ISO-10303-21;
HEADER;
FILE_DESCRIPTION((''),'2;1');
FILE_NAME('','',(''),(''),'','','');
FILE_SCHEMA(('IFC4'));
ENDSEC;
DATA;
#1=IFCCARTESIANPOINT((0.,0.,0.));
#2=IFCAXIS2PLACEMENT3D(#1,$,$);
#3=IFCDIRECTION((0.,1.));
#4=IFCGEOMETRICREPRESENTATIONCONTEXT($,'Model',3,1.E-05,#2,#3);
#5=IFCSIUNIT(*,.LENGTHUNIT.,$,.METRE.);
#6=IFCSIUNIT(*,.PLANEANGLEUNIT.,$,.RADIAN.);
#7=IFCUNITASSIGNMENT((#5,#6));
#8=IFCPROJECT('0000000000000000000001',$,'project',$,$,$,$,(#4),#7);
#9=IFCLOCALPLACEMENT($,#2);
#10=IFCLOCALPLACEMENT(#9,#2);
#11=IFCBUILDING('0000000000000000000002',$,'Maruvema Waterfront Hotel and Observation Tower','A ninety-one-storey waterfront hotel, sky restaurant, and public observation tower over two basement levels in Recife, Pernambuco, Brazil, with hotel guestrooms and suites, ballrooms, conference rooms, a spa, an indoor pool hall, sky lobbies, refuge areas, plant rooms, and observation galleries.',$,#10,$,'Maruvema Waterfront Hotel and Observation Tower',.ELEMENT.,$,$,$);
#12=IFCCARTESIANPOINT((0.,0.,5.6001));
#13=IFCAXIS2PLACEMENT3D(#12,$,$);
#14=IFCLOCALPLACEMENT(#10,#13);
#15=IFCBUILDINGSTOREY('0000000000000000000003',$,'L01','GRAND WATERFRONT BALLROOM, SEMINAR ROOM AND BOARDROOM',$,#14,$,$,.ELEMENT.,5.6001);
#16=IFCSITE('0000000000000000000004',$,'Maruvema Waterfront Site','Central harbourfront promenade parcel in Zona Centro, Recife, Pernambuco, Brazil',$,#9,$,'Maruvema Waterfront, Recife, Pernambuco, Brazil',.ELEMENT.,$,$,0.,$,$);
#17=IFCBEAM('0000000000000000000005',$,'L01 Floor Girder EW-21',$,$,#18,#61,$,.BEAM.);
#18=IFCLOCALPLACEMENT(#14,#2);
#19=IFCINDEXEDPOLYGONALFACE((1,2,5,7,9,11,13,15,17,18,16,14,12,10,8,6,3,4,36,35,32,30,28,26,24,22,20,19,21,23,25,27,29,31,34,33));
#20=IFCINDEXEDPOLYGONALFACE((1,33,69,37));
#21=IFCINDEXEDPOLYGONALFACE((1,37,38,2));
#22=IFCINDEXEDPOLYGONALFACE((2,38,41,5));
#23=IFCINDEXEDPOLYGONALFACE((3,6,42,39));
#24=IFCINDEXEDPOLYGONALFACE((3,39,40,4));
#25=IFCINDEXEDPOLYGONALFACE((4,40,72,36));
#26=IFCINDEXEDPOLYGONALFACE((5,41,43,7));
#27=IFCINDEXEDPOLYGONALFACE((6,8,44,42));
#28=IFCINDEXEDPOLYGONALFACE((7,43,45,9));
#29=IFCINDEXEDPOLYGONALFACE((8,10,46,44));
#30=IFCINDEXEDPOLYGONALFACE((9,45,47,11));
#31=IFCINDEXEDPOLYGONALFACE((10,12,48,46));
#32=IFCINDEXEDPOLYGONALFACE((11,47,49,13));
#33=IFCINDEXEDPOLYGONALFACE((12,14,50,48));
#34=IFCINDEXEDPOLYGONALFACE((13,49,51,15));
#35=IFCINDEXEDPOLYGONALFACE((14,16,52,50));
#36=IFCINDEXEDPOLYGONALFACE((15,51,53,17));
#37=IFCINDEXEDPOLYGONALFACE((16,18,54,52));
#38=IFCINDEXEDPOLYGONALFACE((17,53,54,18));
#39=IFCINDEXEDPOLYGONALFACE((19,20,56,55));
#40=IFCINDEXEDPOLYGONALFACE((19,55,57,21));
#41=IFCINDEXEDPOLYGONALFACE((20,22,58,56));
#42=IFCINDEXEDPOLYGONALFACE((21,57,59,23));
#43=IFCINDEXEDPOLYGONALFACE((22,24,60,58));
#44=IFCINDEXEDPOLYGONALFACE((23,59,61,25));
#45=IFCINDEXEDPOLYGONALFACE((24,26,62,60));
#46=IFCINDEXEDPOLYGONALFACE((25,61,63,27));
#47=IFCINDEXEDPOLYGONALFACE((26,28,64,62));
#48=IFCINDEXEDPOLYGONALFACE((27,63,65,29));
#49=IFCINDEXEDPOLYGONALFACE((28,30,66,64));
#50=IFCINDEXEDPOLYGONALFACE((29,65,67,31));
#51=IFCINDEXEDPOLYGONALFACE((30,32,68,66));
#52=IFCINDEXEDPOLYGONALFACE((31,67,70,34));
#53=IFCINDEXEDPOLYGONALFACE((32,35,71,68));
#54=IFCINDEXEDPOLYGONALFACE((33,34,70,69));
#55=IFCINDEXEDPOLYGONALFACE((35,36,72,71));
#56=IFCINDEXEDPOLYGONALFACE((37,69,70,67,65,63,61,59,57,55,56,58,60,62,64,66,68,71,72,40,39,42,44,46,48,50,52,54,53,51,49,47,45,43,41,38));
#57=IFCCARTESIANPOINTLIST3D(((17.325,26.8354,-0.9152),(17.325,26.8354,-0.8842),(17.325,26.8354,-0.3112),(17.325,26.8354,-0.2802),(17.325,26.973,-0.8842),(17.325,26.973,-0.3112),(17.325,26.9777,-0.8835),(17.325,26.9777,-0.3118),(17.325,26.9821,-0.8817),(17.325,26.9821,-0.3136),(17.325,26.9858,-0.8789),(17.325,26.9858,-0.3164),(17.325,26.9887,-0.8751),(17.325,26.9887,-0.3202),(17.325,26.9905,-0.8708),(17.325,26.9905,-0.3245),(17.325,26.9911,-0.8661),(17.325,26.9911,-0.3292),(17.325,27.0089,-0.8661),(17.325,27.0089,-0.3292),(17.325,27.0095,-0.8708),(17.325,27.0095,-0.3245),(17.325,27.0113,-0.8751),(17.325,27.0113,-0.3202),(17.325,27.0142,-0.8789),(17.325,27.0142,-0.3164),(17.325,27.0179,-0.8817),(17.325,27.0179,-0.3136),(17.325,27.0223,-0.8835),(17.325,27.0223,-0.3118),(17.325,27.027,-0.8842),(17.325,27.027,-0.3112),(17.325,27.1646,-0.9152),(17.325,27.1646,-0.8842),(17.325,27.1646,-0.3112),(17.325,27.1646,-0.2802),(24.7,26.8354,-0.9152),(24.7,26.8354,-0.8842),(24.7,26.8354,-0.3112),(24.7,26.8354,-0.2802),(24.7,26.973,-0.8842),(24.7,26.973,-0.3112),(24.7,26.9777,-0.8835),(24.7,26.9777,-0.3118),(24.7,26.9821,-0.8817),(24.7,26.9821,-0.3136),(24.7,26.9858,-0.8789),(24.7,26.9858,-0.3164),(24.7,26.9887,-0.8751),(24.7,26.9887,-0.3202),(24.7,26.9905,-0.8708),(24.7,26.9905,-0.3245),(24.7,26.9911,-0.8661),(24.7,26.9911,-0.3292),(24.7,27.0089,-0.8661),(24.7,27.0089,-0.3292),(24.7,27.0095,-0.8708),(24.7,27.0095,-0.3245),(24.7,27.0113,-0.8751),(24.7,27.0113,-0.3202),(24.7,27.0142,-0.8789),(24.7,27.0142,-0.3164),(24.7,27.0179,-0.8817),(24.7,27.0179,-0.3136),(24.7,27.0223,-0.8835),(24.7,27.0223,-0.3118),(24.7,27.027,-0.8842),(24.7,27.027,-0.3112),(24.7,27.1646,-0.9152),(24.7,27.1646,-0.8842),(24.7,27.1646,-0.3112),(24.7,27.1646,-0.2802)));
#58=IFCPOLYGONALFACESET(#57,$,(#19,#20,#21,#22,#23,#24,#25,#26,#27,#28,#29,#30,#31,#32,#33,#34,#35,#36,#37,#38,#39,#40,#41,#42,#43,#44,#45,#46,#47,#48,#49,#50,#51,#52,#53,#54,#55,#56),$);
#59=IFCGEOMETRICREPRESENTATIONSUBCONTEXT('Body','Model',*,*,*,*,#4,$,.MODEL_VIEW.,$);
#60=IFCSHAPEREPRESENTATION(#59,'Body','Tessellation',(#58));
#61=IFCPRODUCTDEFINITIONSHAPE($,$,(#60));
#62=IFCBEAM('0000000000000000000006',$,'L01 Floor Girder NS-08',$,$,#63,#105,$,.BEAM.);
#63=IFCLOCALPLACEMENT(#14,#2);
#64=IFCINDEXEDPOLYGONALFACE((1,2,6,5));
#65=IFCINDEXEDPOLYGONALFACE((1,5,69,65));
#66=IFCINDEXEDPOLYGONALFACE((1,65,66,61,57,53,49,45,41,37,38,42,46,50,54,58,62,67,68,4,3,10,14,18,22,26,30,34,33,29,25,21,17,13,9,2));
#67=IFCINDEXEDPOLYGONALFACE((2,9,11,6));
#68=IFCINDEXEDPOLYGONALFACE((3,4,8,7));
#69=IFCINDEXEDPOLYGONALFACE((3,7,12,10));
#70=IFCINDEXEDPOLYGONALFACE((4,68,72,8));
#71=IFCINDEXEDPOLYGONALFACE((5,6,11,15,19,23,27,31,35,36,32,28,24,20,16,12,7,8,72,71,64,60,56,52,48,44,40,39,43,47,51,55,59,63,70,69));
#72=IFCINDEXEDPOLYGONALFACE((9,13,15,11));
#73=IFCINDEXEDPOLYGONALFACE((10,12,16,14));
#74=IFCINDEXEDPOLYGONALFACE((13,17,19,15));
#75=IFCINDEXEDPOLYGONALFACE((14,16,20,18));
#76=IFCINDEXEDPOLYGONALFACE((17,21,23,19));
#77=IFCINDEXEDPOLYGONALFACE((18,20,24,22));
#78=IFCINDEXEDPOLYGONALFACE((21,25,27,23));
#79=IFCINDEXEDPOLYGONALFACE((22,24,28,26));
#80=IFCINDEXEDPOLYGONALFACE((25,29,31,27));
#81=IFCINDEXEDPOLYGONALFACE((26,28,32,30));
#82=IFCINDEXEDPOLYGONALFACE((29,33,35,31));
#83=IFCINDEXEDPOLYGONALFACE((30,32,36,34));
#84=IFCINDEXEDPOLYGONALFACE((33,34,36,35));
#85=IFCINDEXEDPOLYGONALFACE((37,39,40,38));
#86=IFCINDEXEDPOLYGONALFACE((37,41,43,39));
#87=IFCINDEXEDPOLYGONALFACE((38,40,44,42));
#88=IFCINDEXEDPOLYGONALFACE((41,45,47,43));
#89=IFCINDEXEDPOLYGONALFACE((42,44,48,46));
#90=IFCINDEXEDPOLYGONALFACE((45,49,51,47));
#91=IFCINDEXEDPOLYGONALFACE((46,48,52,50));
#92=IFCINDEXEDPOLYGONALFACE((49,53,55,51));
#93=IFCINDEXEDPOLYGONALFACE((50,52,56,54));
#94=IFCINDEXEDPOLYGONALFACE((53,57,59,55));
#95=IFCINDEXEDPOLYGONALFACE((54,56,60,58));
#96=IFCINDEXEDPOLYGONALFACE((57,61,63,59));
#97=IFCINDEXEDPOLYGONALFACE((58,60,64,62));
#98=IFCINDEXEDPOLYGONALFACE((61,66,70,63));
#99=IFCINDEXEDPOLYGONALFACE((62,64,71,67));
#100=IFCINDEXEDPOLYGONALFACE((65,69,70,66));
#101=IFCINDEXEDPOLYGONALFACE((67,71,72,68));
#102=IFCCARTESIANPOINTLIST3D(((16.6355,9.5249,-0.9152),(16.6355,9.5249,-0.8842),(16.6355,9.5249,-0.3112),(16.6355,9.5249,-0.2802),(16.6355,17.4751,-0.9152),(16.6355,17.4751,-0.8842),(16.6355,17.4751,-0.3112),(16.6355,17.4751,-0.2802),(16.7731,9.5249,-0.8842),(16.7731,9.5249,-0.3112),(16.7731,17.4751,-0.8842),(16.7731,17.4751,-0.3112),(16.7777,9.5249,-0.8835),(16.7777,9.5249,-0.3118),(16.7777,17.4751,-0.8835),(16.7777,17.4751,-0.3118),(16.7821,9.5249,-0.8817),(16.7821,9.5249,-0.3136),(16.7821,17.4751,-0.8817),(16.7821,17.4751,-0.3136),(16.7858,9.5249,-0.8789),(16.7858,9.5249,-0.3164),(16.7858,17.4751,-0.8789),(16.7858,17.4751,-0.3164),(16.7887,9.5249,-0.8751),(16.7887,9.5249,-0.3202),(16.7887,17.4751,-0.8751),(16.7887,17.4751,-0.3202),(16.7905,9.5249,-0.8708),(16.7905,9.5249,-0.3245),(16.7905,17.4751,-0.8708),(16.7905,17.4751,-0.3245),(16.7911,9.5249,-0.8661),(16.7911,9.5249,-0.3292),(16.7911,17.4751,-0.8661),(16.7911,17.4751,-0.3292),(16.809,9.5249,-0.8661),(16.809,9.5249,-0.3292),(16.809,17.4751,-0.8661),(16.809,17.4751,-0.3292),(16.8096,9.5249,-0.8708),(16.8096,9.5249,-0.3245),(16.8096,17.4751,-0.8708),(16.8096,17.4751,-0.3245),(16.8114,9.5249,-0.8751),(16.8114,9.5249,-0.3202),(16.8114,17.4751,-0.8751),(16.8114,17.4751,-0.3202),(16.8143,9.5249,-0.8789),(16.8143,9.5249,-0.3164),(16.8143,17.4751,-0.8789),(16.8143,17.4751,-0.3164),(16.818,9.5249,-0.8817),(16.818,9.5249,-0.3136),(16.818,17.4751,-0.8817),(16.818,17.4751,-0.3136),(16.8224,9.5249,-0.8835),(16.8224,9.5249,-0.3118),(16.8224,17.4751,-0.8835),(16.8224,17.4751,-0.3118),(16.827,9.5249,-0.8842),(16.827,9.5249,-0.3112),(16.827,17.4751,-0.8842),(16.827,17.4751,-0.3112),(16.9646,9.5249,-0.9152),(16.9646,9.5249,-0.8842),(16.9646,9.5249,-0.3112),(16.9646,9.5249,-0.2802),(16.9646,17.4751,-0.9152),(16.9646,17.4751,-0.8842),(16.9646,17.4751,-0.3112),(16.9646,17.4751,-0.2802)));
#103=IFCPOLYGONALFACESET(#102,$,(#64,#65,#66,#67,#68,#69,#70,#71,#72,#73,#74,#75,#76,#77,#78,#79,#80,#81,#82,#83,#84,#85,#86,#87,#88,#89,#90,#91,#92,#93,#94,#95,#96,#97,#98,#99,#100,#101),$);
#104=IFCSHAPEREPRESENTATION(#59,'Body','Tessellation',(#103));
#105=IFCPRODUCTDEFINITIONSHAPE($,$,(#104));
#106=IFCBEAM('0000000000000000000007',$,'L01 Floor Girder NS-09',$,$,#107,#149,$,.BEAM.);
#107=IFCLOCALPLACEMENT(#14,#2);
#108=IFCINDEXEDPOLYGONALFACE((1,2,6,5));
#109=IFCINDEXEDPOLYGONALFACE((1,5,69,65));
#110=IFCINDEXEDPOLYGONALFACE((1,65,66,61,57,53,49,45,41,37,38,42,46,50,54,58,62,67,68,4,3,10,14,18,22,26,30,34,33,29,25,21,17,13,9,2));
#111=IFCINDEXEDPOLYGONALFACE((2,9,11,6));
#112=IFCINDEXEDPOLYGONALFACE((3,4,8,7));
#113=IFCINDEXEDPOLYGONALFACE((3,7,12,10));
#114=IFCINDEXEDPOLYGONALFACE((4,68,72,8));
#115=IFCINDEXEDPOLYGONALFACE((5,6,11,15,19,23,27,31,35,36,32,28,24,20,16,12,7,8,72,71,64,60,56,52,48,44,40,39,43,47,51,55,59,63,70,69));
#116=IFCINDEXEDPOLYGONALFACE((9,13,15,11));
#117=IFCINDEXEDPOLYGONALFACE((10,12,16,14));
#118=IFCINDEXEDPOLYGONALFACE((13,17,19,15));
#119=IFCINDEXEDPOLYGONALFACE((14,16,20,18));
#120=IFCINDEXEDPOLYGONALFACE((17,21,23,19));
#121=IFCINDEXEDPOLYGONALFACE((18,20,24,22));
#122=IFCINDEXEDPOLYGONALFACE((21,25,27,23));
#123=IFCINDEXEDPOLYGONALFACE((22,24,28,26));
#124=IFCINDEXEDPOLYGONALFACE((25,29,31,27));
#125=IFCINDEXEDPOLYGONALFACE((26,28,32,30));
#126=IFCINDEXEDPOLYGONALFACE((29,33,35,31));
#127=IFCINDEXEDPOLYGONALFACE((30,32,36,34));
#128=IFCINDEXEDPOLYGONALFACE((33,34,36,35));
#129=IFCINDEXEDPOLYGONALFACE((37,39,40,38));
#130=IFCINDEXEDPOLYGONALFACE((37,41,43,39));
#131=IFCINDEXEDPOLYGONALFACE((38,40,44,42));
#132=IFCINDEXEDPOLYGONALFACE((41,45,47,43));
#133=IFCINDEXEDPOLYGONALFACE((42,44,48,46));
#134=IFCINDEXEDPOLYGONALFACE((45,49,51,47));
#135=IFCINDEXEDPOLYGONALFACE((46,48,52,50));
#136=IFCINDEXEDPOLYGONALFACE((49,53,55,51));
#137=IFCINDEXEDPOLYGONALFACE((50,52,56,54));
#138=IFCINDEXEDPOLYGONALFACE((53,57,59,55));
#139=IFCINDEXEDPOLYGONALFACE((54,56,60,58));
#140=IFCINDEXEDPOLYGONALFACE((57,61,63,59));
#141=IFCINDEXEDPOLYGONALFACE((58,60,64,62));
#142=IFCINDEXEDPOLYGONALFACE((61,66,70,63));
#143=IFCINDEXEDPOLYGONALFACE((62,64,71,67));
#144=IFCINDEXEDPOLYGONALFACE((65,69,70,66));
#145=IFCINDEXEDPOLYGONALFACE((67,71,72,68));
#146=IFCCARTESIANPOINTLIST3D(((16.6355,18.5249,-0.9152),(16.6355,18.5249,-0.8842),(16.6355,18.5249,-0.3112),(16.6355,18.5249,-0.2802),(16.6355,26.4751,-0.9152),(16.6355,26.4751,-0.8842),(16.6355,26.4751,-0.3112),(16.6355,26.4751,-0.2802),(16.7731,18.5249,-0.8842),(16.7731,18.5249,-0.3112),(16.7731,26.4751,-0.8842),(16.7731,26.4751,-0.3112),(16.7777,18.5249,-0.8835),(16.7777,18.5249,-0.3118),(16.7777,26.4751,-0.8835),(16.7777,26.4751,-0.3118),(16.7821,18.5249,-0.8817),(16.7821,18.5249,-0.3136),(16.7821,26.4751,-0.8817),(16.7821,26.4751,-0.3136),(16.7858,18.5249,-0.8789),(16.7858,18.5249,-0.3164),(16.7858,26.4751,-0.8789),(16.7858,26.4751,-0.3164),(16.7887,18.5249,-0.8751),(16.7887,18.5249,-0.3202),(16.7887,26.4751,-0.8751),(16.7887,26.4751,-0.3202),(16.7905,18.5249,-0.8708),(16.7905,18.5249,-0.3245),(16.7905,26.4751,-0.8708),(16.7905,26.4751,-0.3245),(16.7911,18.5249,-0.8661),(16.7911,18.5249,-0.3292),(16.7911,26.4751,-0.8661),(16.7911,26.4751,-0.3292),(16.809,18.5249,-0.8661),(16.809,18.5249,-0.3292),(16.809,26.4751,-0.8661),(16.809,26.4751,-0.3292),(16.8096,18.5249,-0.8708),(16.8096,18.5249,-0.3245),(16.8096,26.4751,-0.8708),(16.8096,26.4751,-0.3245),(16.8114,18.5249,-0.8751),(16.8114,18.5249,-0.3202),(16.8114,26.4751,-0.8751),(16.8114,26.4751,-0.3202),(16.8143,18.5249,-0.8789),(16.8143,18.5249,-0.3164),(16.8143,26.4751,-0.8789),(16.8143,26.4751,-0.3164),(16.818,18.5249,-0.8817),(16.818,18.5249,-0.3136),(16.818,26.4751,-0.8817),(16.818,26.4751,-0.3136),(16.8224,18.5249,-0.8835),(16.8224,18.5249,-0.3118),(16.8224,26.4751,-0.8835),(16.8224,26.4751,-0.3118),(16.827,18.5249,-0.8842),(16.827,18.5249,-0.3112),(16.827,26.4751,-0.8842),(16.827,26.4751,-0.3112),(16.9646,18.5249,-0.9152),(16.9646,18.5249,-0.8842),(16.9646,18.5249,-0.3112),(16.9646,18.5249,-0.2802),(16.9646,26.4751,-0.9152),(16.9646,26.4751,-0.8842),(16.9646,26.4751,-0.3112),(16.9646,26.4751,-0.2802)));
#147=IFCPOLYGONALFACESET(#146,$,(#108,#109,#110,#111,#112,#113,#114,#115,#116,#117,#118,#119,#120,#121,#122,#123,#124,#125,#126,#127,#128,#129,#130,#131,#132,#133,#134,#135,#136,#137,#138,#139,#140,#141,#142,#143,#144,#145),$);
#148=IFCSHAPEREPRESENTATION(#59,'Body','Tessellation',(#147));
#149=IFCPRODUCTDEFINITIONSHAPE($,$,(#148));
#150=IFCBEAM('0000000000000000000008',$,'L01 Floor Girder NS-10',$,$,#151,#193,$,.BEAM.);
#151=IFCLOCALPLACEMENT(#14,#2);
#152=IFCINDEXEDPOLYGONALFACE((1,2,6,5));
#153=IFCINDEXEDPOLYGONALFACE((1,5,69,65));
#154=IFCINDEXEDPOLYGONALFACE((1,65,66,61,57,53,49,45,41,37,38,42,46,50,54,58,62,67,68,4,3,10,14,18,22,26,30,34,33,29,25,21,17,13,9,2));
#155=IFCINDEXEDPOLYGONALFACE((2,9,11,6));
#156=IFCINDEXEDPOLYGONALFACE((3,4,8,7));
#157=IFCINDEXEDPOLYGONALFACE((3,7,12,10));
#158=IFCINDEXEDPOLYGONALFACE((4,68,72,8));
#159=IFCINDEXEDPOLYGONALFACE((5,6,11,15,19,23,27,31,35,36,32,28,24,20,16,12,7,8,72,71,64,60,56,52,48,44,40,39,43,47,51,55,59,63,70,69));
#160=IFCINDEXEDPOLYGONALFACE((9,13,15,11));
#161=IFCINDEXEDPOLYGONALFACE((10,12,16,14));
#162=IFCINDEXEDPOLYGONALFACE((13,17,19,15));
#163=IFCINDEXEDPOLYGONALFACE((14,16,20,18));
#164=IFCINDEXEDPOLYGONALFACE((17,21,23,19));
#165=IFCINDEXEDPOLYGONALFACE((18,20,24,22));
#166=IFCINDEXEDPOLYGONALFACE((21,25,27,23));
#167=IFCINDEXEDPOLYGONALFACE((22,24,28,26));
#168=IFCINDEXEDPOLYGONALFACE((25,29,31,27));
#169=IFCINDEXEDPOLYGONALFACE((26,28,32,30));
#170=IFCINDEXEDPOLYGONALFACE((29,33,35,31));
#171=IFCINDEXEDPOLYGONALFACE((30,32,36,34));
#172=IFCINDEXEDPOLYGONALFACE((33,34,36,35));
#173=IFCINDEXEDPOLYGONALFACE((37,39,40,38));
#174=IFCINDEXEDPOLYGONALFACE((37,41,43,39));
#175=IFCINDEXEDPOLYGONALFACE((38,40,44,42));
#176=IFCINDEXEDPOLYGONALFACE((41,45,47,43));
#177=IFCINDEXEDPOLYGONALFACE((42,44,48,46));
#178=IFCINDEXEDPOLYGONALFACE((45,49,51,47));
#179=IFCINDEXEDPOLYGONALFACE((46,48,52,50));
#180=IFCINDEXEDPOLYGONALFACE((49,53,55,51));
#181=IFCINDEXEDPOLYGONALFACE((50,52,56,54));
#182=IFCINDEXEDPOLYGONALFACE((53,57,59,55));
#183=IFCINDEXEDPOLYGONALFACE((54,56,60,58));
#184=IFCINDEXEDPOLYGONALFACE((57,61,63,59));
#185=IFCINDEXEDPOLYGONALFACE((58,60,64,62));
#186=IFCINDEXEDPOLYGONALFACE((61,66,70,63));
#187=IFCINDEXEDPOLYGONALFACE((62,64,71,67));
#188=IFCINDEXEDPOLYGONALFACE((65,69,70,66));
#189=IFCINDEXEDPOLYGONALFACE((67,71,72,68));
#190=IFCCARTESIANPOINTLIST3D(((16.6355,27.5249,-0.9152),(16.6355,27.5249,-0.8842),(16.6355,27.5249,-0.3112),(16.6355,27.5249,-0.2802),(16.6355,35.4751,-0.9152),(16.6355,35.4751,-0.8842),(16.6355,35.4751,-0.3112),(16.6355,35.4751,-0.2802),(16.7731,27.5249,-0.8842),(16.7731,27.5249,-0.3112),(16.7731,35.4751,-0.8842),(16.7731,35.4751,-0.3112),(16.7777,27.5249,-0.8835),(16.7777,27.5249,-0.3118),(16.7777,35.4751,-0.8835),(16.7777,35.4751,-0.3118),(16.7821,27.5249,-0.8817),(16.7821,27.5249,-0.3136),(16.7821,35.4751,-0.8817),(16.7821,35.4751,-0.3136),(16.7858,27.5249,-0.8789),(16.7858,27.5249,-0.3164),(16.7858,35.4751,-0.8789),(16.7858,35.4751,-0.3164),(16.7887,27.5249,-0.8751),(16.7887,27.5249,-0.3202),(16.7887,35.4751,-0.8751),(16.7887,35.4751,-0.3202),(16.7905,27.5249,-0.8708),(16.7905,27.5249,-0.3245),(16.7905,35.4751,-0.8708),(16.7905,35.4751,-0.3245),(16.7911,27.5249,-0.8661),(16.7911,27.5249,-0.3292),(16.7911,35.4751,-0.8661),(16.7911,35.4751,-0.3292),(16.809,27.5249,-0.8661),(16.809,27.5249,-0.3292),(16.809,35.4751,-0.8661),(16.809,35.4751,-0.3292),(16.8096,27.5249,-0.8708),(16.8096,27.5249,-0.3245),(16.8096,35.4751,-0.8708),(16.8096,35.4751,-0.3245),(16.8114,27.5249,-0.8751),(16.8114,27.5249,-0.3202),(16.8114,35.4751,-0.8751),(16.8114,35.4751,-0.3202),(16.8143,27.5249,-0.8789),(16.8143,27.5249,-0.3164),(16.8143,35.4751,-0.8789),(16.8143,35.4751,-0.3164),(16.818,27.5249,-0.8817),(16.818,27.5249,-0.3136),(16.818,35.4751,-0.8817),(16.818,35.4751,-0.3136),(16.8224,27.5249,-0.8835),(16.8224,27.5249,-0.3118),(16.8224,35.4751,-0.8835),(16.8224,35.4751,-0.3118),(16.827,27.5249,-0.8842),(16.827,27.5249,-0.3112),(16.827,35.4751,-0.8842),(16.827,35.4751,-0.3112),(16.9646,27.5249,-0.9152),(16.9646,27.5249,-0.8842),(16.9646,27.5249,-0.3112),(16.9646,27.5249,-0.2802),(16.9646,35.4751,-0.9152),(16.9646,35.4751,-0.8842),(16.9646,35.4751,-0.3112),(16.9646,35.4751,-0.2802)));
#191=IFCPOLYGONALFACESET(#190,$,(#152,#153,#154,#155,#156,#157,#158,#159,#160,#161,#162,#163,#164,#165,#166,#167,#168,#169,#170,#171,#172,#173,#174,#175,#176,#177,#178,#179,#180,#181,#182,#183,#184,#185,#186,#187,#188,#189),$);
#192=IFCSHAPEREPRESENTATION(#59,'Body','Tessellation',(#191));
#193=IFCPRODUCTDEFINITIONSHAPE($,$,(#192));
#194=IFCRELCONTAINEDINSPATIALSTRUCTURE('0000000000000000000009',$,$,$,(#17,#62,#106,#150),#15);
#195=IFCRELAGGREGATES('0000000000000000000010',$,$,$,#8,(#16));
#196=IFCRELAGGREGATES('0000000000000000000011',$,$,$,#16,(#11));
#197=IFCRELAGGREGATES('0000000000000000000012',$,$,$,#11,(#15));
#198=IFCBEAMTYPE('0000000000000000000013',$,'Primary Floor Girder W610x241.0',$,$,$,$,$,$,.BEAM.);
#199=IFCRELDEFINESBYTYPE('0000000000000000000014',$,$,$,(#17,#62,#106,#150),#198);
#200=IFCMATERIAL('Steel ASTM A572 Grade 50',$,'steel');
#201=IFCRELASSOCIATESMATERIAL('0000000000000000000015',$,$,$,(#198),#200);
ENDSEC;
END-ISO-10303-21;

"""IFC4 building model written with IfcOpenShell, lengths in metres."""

from ifc_helpers import new_model, si_unit, direction, frame, origin, origin_2d, place, context, subcontext, project, spatial, i_section, extrude, material, material_profile, profile_set, type_object, element, save


model = new_model("IFC4")

# Units and contexts
model_context = context("Model", 3, precision=1e-05, world=origin(), true_north=direction((0.0, 1.0)))
body_context = subcontext(model_context, "Body", "Model", "MODEL_VIEW")
ifc_project = project(units=[si_unit("LENGTHUNIT", "METRE"), si_unit("PLANEANGLEUNIT", "RADIAN")], contexts=[model_context])

# Site, building, storey
site_placement = place(None, origin())
site = spatial("IfcSite", under=ifc_project, at=site_placement, Name="Maruvema Waterfront Site", Description="Central harbourfront promenade parcel in Zona Centro, Recife, Pernambuco, Brazil", LongName="Maruvema Waterfront, Recife, Pernambuco, Brazil", CompositionType="ELEMENT", RefElevation=0.0)
building_placement = place(site_placement, origin())
building = spatial("IfcBuilding", under=site, at=building_placement, Name="Maruvema Waterfront Hotel and Observation Tower", Description="A ninety-one-storey waterfront hotel, sky restaurant, and public observation tower over two basement levels in Recife, Pernambuco, Brazil, with hotel guestrooms and suites, ballrooms, conference rooms, a spa, an indoor pool hall, sky lobbies, refuge areas, plant rooms, and observation galleries.", LongName="Maruvema Waterfront Hotel and Observation Tower", CompositionType="ELEMENT")
storey_placement = place(building_placement, frame((0.0, 0.0, 5.6001)))
storey = spatial("IfcBuildingStorey", under=building, at=storey_placement, Name="L01", Description="GRAND WATERFRONT BALLROOM, SEMINAR ROOM AND BOARDROOM", CompositionType="ELEMENT", Elevation=5.6001)

# Beams
ifc_material_1 = material(Name="Steel ASTM A572 Grade 50", Category="steel")
ifc_material_profile_1 = material_profile(ifc_material_1, i_section(OverallWidth=0.3291, OverallDepth=0.635, WebThickness=0.0178, FlangeThickness=0.031, FilletRadius=0.0181, at=origin_2d()), Name="W610x241.0")
ifc_profile_set_1 = profile_set([ifc_material_profile_1], Name="Steel ASTM A572 Grade 50")
beam_type_1 = type_object("IfcBeamType", Name="Primary Floor Girder W610x241.0", PredefinedType="BEAM", material=ifc_profile_set_1)
beam_1_placement = place(storey_placement, frame((17.325, 27.0, -0.5977), z_axis=(1.0, 0.0, 0.0), x_axis=(0.0, 1.0, 0.0)))
element("IfcBeam", 1, at=beam_1_placement, inside=storey, type_object=beam_type_1, Name="L01 Floor Girder EW-21", PredefinedType="BEAM", context=body_context, shape_type="SweptSolid", body=[
    extrude(i_section(OverallWidth=0.3291, OverallDepth=0.635, WebThickness=0.0178, FlangeThickness=0.031, FilletRadius=0.0181, at=origin_2d()), origin(), (0.0, 0.0, 1.0), 7.375),
])
for number, where, z_axis, x_axis, name in (
    (2, (16.8, 9.5249, -0.5977), (0.0, 1.0, 0.0), (-1.0, 0.0, 0.0), "L01 Floor Girder NS-08"),
    (3, (16.8, 18.5249, -0.5977), (0.0, 1.0, 0.0), (-1.0, 0.0, 0.0), "L01 Floor Girder NS-09"),
    (4, (16.8, 27.5249, -0.5977), (0.0, 1.0, 0.0), (-1.0, 0.0, 0.0), "L01 Floor Girder NS-10"),
):
    element("IfcBeam", number, at=place(storey_placement, frame(where, z_axis=z_axis, x_axis=x_axis)), inside=storey, type_object=beam_type_1, Name=name, PredefinedType="BEAM", context=body_context, shape_type="SweptSolid", body=[
        extrude(i_section(OverallWidth=0.3291, OverallDepth=0.635, WebThickness=0.0178, FlangeThickness=0.031, FilletRadius=0.0181, at=origin_2d()), origin(), (0.0, 0.0, 1.0), 7.9502),
    ])

save(model, "model.ifc")
